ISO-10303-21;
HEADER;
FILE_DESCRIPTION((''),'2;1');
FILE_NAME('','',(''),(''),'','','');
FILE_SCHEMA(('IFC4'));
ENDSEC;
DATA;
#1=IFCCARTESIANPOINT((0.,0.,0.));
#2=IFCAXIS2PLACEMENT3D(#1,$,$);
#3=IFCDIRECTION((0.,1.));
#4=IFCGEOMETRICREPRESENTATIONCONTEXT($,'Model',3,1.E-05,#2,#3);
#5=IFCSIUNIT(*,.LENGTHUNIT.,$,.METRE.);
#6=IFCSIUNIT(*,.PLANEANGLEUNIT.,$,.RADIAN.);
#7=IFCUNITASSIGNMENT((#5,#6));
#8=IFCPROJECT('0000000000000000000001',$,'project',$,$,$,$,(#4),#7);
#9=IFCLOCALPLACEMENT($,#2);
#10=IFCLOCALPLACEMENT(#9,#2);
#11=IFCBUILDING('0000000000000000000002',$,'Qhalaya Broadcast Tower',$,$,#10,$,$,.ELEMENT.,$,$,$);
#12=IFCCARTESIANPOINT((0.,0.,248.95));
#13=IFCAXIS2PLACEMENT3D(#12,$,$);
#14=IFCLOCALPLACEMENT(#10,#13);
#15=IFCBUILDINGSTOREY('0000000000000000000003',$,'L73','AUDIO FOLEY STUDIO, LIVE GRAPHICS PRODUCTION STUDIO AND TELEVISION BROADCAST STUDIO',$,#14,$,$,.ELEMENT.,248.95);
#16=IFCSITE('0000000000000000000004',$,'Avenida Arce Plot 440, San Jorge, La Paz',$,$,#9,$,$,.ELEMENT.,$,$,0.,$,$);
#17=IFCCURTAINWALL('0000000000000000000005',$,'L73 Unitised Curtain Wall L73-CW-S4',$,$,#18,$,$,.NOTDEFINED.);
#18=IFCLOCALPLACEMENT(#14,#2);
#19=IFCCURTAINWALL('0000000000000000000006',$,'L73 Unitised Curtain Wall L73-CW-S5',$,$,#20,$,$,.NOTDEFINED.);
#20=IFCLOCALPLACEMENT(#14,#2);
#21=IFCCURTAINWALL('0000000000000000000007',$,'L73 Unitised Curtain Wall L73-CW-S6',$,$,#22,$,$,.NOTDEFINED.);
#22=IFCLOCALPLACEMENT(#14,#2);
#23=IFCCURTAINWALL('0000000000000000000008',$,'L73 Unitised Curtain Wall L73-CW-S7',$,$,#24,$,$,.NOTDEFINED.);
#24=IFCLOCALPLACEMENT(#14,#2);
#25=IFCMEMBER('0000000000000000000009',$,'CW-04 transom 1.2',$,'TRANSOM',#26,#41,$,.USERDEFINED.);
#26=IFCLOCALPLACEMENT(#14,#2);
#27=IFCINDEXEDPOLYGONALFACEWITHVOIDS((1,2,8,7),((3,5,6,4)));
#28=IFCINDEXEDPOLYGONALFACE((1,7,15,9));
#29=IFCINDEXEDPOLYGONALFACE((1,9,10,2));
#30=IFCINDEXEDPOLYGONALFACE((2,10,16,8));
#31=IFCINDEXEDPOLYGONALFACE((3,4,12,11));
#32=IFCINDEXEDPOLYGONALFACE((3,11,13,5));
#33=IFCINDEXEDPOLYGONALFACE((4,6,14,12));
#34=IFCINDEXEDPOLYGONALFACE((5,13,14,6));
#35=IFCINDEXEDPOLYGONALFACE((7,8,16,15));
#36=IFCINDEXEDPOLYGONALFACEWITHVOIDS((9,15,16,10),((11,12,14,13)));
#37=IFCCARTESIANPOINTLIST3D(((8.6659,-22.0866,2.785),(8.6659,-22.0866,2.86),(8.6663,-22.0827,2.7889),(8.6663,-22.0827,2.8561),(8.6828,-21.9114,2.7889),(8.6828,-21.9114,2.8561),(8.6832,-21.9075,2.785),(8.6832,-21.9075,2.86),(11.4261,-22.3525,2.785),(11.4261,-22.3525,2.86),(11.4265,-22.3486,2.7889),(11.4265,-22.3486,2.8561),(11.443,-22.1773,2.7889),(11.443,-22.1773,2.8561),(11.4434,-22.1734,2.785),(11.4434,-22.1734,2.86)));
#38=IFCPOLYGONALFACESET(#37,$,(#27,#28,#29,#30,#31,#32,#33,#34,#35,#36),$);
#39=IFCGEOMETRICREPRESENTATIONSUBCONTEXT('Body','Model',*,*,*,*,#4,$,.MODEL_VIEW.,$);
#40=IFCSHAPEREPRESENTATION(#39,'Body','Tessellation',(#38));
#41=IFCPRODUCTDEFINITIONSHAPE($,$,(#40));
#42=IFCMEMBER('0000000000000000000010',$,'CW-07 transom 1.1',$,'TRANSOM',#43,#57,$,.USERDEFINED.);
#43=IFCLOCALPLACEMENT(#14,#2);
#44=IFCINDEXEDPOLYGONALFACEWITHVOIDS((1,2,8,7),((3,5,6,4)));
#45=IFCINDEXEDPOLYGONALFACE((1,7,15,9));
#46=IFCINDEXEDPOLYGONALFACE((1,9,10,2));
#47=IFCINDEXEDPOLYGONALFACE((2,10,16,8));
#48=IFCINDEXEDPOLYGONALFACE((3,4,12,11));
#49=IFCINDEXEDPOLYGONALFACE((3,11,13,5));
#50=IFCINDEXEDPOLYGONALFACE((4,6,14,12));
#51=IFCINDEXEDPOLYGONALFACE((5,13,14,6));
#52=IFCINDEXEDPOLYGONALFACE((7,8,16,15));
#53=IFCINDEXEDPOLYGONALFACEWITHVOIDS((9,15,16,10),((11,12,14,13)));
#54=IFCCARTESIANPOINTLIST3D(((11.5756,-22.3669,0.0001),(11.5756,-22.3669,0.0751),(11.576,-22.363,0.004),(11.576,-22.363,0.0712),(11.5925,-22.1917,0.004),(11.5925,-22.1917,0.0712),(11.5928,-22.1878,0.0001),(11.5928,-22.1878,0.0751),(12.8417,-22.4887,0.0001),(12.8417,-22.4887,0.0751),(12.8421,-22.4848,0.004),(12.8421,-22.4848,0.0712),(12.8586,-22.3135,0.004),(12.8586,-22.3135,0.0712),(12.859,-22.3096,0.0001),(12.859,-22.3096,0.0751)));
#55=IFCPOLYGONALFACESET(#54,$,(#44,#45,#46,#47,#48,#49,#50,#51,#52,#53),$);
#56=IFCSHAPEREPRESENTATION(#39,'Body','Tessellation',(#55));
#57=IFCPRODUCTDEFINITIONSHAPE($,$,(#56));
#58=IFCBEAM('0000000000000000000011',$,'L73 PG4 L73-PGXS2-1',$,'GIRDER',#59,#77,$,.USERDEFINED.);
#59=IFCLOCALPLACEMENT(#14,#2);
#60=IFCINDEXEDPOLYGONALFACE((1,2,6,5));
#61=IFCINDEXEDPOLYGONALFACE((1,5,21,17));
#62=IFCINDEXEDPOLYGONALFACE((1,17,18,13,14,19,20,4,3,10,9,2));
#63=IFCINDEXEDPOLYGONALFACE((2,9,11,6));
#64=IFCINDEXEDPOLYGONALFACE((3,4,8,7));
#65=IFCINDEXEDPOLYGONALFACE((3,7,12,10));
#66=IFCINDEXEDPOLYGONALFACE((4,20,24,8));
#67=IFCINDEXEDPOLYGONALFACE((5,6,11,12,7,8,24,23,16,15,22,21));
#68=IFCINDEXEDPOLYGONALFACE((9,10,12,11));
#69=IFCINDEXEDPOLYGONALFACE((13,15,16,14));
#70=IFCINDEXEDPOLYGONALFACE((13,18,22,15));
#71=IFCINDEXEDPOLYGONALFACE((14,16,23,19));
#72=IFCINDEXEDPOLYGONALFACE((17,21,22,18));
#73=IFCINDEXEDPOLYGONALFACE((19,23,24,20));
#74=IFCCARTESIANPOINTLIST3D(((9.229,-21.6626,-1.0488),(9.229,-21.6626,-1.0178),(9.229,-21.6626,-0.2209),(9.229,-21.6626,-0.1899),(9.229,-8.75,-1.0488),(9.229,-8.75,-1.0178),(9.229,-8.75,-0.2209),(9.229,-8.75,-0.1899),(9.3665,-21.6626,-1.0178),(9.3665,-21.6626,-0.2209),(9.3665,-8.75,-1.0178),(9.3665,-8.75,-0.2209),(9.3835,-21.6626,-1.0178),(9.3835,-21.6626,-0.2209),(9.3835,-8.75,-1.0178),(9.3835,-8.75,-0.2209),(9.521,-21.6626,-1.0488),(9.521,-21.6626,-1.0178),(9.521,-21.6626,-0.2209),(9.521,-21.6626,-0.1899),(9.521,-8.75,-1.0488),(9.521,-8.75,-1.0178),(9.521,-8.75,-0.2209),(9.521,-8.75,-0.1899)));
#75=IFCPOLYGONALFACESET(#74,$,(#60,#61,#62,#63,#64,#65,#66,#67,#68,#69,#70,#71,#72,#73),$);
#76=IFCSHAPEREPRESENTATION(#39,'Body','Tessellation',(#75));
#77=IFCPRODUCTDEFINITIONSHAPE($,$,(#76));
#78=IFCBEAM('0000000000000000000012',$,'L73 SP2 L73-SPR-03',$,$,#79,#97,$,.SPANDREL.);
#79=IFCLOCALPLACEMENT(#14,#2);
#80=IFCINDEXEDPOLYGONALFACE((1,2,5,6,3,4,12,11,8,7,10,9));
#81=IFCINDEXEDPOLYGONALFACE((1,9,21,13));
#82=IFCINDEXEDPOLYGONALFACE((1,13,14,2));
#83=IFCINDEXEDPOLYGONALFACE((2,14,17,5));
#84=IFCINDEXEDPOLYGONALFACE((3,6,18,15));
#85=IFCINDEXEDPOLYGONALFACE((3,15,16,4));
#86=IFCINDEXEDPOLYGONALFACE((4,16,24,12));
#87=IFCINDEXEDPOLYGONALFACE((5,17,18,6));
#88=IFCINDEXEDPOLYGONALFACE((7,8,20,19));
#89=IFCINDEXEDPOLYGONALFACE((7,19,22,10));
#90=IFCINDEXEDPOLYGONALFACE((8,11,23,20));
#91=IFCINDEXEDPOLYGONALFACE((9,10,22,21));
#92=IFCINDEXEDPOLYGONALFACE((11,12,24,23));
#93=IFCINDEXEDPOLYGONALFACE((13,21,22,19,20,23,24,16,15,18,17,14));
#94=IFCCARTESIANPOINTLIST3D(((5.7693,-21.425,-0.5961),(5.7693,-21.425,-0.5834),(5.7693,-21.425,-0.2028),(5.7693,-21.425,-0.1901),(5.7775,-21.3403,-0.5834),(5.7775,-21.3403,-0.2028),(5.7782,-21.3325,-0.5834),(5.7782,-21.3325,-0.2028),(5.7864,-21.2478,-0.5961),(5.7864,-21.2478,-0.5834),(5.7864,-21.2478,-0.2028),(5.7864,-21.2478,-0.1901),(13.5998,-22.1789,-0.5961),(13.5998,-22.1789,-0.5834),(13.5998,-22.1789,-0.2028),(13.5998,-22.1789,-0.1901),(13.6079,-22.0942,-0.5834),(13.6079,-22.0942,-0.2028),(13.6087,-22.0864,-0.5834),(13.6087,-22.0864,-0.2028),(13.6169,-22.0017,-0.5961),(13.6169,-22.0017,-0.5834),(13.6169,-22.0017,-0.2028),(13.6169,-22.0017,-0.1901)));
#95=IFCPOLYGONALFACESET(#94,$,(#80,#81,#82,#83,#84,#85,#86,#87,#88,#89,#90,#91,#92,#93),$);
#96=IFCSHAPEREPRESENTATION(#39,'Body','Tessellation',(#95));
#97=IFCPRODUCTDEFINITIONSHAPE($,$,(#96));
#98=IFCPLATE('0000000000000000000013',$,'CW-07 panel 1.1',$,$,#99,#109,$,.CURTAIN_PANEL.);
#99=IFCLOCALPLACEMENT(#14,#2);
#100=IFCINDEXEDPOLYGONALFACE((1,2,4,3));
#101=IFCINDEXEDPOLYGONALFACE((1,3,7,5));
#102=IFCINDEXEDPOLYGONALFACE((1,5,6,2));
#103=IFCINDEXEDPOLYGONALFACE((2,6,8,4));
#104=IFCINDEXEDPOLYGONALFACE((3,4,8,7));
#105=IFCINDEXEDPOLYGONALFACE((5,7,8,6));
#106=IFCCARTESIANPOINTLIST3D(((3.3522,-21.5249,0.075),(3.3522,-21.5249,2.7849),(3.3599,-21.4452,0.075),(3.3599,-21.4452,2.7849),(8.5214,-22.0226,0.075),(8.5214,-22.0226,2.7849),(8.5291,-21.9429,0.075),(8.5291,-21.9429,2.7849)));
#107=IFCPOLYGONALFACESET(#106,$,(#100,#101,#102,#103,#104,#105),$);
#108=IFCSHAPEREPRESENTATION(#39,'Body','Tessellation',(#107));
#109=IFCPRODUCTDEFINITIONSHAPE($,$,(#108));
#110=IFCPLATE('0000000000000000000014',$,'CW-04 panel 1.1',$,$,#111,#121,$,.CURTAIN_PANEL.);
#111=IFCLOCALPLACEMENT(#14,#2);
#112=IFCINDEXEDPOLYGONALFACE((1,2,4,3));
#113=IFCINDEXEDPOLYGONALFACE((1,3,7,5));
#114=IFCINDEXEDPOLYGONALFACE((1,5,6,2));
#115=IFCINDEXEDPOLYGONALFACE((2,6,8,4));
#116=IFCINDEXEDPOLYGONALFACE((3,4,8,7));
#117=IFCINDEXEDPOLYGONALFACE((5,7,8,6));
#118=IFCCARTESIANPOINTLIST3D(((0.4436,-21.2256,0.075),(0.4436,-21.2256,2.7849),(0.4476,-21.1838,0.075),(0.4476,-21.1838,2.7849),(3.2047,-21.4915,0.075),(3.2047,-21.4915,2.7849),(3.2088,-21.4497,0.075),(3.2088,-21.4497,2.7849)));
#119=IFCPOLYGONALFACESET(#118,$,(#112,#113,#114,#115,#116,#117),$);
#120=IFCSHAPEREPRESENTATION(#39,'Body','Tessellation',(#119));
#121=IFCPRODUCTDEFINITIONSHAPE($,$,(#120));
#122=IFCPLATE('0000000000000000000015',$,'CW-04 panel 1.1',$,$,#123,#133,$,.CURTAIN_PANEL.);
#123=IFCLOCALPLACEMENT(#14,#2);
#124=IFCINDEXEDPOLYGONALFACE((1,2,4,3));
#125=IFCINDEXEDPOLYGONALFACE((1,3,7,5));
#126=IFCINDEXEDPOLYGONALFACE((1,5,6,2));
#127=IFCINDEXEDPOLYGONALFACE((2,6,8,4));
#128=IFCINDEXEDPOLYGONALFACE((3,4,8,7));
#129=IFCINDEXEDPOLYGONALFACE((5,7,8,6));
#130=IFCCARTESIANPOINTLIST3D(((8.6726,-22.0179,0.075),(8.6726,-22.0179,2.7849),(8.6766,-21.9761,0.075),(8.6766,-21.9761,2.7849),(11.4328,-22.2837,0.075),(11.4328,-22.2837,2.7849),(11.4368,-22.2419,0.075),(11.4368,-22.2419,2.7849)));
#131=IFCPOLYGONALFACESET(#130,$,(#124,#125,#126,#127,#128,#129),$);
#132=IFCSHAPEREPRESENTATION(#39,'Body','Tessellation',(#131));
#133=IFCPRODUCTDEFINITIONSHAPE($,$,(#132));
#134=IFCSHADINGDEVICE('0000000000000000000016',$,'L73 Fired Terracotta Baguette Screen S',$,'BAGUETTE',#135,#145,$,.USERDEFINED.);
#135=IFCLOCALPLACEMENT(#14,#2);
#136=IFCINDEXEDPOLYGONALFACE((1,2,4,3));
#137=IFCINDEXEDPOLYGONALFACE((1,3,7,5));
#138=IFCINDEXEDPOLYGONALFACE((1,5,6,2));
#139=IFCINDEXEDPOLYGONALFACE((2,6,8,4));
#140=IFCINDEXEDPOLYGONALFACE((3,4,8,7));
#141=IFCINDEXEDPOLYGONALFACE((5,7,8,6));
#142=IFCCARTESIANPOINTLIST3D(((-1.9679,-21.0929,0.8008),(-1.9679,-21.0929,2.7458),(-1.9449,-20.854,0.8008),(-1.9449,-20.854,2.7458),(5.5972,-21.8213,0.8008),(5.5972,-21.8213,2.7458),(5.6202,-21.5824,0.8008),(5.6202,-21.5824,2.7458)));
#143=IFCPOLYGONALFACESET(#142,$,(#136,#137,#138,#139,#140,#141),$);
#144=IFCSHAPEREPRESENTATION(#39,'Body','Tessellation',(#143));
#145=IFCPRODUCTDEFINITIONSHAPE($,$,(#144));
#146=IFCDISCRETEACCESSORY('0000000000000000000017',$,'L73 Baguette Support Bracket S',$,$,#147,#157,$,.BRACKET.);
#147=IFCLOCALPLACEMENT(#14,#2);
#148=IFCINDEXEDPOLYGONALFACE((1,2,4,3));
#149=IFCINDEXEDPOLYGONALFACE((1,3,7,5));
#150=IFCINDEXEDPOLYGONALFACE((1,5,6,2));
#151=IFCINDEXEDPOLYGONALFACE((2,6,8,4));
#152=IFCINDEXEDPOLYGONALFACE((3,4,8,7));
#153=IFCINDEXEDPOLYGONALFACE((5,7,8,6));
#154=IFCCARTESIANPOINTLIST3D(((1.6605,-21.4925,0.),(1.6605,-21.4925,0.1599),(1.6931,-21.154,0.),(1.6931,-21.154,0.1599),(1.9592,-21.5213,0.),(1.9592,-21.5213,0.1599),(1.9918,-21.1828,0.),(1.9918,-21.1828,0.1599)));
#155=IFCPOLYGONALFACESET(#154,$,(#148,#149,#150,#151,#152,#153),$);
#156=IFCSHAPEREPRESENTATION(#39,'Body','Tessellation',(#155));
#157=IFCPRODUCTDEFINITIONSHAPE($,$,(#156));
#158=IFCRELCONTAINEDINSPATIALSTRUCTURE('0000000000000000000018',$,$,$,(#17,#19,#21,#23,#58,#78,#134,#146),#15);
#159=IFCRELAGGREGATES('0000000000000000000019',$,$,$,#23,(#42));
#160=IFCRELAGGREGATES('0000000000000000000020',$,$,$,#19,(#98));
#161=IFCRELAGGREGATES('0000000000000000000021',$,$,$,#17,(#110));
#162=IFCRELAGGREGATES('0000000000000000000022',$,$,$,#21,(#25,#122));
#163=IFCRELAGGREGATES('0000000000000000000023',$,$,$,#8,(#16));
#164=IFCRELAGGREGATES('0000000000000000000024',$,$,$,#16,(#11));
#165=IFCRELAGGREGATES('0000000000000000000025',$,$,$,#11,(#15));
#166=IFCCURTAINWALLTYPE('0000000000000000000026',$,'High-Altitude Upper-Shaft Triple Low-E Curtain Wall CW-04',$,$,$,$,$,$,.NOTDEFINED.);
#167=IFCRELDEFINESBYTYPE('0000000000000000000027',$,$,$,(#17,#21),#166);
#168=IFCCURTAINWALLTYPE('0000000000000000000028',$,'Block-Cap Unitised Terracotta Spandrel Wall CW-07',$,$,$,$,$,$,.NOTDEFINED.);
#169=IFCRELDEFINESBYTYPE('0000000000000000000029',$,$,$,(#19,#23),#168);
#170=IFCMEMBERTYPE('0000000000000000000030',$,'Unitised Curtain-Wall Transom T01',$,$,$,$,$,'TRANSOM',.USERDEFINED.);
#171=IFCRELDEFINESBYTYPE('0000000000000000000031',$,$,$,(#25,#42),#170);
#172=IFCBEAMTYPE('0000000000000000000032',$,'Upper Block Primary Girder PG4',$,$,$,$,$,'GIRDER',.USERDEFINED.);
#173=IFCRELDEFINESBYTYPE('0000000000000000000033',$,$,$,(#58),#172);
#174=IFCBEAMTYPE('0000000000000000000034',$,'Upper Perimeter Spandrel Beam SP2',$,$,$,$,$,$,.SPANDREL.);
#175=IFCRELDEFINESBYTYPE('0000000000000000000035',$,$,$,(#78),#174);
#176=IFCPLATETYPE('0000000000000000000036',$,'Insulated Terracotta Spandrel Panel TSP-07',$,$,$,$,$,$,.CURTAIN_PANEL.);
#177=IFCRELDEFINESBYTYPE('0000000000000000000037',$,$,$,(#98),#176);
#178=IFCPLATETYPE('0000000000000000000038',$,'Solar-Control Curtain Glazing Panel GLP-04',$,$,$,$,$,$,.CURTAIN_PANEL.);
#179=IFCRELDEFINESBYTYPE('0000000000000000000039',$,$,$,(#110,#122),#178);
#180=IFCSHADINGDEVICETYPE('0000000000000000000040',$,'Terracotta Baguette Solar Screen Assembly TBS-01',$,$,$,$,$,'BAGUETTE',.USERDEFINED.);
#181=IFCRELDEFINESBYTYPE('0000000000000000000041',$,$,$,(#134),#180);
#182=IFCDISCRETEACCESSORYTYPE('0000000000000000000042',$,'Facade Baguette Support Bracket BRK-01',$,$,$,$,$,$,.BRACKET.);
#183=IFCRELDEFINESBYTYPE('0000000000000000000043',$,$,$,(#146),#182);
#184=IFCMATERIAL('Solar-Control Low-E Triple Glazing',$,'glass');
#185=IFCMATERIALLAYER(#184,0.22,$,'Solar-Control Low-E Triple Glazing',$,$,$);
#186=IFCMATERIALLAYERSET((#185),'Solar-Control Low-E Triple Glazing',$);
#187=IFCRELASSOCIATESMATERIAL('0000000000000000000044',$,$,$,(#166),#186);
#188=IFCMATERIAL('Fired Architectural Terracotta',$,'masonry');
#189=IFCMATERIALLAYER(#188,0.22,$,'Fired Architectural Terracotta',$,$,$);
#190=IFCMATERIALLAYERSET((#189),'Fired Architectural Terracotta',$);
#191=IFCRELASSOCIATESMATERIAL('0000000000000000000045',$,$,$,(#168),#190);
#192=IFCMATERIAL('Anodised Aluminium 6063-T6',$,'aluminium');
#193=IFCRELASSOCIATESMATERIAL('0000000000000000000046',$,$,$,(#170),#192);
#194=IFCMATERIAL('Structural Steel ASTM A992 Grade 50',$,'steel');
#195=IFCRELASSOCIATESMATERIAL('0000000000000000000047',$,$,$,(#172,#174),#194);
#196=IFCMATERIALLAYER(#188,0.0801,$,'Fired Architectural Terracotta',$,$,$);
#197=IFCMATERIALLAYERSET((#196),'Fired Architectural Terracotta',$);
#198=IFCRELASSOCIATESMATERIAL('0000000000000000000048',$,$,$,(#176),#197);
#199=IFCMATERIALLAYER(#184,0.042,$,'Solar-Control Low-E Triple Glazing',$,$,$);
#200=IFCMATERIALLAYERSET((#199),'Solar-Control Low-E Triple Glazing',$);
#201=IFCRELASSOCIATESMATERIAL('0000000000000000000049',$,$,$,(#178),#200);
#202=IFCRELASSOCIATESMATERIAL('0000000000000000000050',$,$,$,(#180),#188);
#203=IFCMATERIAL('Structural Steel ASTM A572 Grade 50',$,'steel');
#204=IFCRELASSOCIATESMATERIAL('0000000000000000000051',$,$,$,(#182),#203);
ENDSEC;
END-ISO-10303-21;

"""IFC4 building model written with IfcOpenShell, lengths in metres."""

from ifc_helpers import new_model, si_unit, direction, frame, origin, origin_2d, place, context, subcontext, project, spatial, rectangle, hollow_rectangle, i_section, extrude, material, layer, layer_set, material_profile, profile_set, type_object, element, aggregate, save


model = new_model("IFC4")

# Units and contexts
model_context = context("Model", 3, precision=1e-05, world=origin(), true_north=direction((0.0, 1.0)))
body_context = subcontext(model_context, "Body", "Model", "MODEL_VIEW")
ifc_project = project(units=[si_unit("LENGTHUNIT", "METRE"), si_unit("PLANEANGLEUNIT", "RADIAN")], contexts=[model_context])

# Site, building, storey
site_placement = place(None, origin())
site = spatial("IfcSite", under=ifc_project, at=site_placement, Name="Avenida Arce Plot 440, San Jorge, La Paz", CompositionType="ELEMENT", RefElevation=0.0)
building_placement = place(site_placement, origin())
building = spatial("IfcBuilding", under=site, at=building_placement, Name="Qhalaya Broadcast Tower", CompositionType="ELEMENT")
storey_placement = place(building_placement, frame((0.0, 0.0, 248.95)))
storey = spatial("IfcBuildingStorey", under=building, at=storey_placement, Name="L73", Description="AUDIO FOLEY STUDIO, LIVE GRAPHICS PRODUCTION STUDIO AND TELEVISION BROADCAST STUDIO", CompositionType="ELEMENT", Elevation=248.95)

# Shared definitions
ifc_material_1 = material(Name="Structural Steel ASTM A992 Grade 50", Category="steel")

# Curtain wall
ifc_material_2 = material(Name="Solar-Control Low-E Triple Glazing", Category="glass")
ifc_layer_1 = layer(ifc_material_2, 0.22, Name="Solar-Control Low-E Triple Glazing")
ifc_layer_set_1 = layer_set([ifc_layer_1], Name="Solar-Control Low-E Triple Glazing")
curtain_wall_type_1 = type_object("IfcCurtainWallType", Name="High-Altitude Upper-Shaft Triple Low-E Curtain Wall CW-04", PredefinedType="NOTDEFINED", material=ifc_layer_set_1)
curtain_wall_1_placement = place(storey_placement, origin())
curtain_wall_1 = element("IfcCurtainWall", 1, at=curtain_wall_1_placement, inside=storey, type_object=curtain_wall_type_1, Name="L73 Unitised Curtain Wall L73-CW-S4", PredefinedType="NOTDEFINED")
ifc_material_3 = material(Name="Anodised Aluminium 6063-T6", Category="aluminium")

# Curtain walls
ifc_material_4 = material(Name="Fired Architectural Terracotta", Category="masonry")
ifc_layer_2 = layer(ifc_material_4, 0.22, Name="Fired Architectural Terracotta")
ifc_layer_set_2 = layer_set([ifc_layer_2], Name="Fired Architectural Terracotta")
curtain_wall_type_2 = type_object("IfcCurtainWallType", Name="Block-Cap Unitised Terracotta Spandrel Wall CW-07", PredefinedType="NOTDEFINED", material=ifc_layer_set_2)
curtain_wall_2_placement = place(storey_placement, origin())
curtain_wall_2 = element("IfcCurtainWall", 2, at=curtain_wall_2_placement, inside=storey, type_object=curtain_wall_type_2, Name="L73 Unitised Curtain Wall L73-CW-S5", PredefinedType="NOTDEFINED")
curtain_wall_3_placement = place(storey_placement, origin())
curtain_wall_3 = element("IfcCurtainWall", 3, at=curtain_wall_3_placement, inside=storey, type_object=curtain_wall_type_1, Name="L73 Unitised Curtain Wall L73-CW-S6", PredefinedType="NOTDEFINED")

# Curtain wall
curtain_wall_4_placement = place(storey_placement, origin())
curtain_wall_4 = element("IfcCurtainWall", 4, at=curtain_wall_4_placement, inside=storey, type_object=curtain_wall_type_2, Name="L73 Unitised Curtain Wall L73-CW-S7", PredefinedType="NOTDEFINED")

# Members
ifc_material_profile_1 = material_profile(ifc_material_3, hollow_rectangle(XDim=0.075, YDim=0.1799, WallThickness=0.0039, at=origin_2d()), Name="ALU-TRN 75x180x4")
ifc_profile_set_1 = profile_set([ifc_material_profile_1], Name="Anodised Aluminium 6063-T6")
member_type_1 = type_object("IfcMemberType", Name="Unitised Curtain-Wall Transom T01", ElementType="TRANSOM", PredefinedType="USERDEFINED", material=ifc_profile_set_1)
member_1_placement = place(storey_placement, frame((8.6746, -21.9971, 2.8225), z_axis=(0.995393, -0.095877, 0.0), x_axis=(0.0, 0.0, 1.0)))
member_1 = element("IfcMember", 5, at=member_1_placement, type_object=member_type_1, Name="CW-04 transom 1.2", ObjectType="TRANSOM", PredefinedType="USERDEFINED", context=body_context, shape_type="SweptSolid", body=[
    extrude(hollow_rectangle(XDim=0.075, YDim=0.1799, WallThickness=0.0039, at=origin_2d()), origin(), (0.0, 0.0, 1.0), 2.7729),
])
member_2_placement = place(storey_placement, frame((11.5842, -22.2773, 0.0376), z_axis=(0.995403, -0.095778, 0.0), x_axis=(0.0, 0.0, 1.0)))
member_2 = element("IfcMember", 6, at=member_2_placement, type_object=member_type_1, Name="CW-07 transom 1.1", ObjectType="TRANSOM", PredefinedType="USERDEFINED", context=body_context, shape_type="SweptSolid", body=[
    extrude(hollow_rectangle(XDim=0.075, YDim=0.1799, WallThickness=0.0039, at=origin_2d()), origin(), (0.0, 0.0, 1.0), 1.272),
])
aggregate(curtain_wall_4, [member_2])

# Beams
ifc_material_profile_2 = material_profile(ifc_material_1, i_section(OverallWidth=0.292, OverallDepth=0.8589, WebThickness=0.0171, FlangeThickness=0.031, at=origin_2d()), Name="W33X169")
ifc_profile_set_2 = profile_set([ifc_material_profile_2], Name="Structural Steel ASTM A992 Grade 50")
beam_type_1 = type_object("IfcBeamType", Name="Upper Block Primary Girder PG4", ElementType="GIRDER", PredefinedType="USERDEFINED", material=ifc_profile_set_2)
beam_1_placement = place(storey_placement, frame((9.375, -21.6626, -0.6194), z_axis=(0.0, 1.0, 0.0), x_axis=(-1.0, 0.0, 0.0)))
element("IfcBeam", 7, at=beam_1_placement, inside=storey, type_object=beam_type_1, Name="L73 PG4 L73-PGXS2-1", ObjectType="GIRDER", PredefinedType="USERDEFINED", context=body_context, shape_type="SweptSolid", body=[
    extrude(i_section(OverallWidth=0.292, OverallDepth=0.8589, WebThickness=0.0171, FlangeThickness=0.031, at=origin_2d()), origin(), (0.0, 0.0, 1.0), 12.9126),
])
ifc_material_profile_3 = material_profile(ifc_material_1, i_section(OverallWidth=0.178, OverallDepth=0.406, WebThickness=0.0078, FlangeThickness=0.0127, at=origin_2d()), Name="W16X40")
ifc_profile_set_3 = profile_set([ifc_material_profile_3], Name="Structural Steel ASTM A992 Grade 50")
beam_type_2 = type_object("IfcBeamType", Name="Upper Perimeter Spandrel Beam SP2", PredefinedType="SPANDREL", material=ifc_profile_set_3)
beam_2_placement = place(storey_placement, frame((5.7778, -21.3364, -0.3931), z_axis=(0.995397, -0.095834, 0.0), x_axis=(0.095834, 0.995397, 0.0)))
element("IfcBeam", 8, at=beam_2_placement, inside=storey, type_object=beam_type_2, Name="L73 SP2 L73-SPR-03", PredefinedType="SPANDREL", context=body_context, shape_type="SweptSolid", body=[
    extrude(i_section(OverallWidth=0.178, OverallDepth=0.406, WebThickness=0.0078, FlangeThickness=0.0127, at=origin_2d()), origin(), (0.0, 0.0, 1.0), 7.8667),
])

# Plates
ifc_layer_3 = layer(ifc_material_4, 0.0801, Name="Fired Architectural Terracotta")
ifc_layer_set_3 = layer_set([ifc_layer_3], Name="Fired Architectural Terracotta")
plate_type_1 = type_object("IfcPlateType", Name="Insulated Terracotta Spandrel Panel TSP-07", PredefinedType="CURTAIN_PANEL", material=ifc_layer_set_3)
plate_1_placement = place(storey_placement, frame((5.9407, -21.7339, 0.075), z_axis=(0.0, 0.0, 1.0), x_axis=(0.995396, -0.095845, 0.0)))
plate_1 = element("IfcPlate", 9, at=plate_1_placement, type_object=plate_type_1, Name="CW-07 panel 1.1", PredefinedType="CURTAIN_PANEL", context=body_context, shape_type="SweptSolid", body=[
    extrude(rectangle(XDim=5.1931, YDim=0.0801, at=origin_2d()), origin(), (0.0, 0.0, 1.0), 2.71),
])
aggregate(curtain_wall_2, [plate_1])
ifc_layer_4 = layer(ifc_material_2, 0.042, Name="Solar-Control Low-E Triple Glazing")
ifc_layer_set_4 = layer_set([ifc_layer_4], Name="Solar-Control Low-E Triple Glazing")
plate_type_2 = type_object("IfcPlateType", Name="Solar-Control Curtain Glazing Panel GLP-04", PredefinedType="CURTAIN_PANEL", material=ifc_layer_set_4)
plate_2_placement = place(storey_placement, frame((1.8262, -21.3376, 0.075), z_axis=(0.0, 0.0, 1.0), x_axis=(0.995398, -0.095829, 0.0)))
plate_2 = element("IfcPlate", 10, at=plate_2_placement, type_object=plate_type_2, Name="CW-04 panel 1.1", PredefinedType="CURTAIN_PANEL", context=body_context, shape_type="SweptSolid", body=[
    extrude(rectangle(XDim=2.7739, YDim=0.042, at=origin_2d()), origin(), (0.0, 0.0, 1.0), 2.71),
])
aggregate(curtain_wall_1, [plate_2])
plate_3_placement = place(storey_placement, frame((10.0547, -22.1299, 0.075), z_axis=(0.0, 0.0, 1.0), x_axis=(0.995395, -0.095858, 0.0)))
plate_3 = element("IfcPlate", 11, at=plate_3_placement, type_object=plate_type_2, Name="CW-04 panel 1.1", PredefinedType="CURTAIN_PANEL", context=body_context, shape_type="SweptSolid", body=[
    extrude(rectangle(XDim=2.7729, YDim=0.042, at=origin_2d()), origin(), (0.0, 0.0, 1.0), 2.71),
])
aggregate(curtain_wall_3, [member_1, plate_3])

# Shading device
shading_device_type = type_object("IfcShadingDeviceType", Name="Terracotta Baguette Solar Screen Assembly TBS-01", ElementType="BAGUETTE", PredefinedType="USERDEFINED", material=ifc_material_4)
shading_device_placement = place(storey_placement, frame((1.8262, -21.3376, 0.8008), z_axis=(0.0, 0.0, 1.0), x_axis=(0.995396, -0.095846, 0.0)))
element("IfcShadingDevice", 12, at=shading_device_placement, inside=storey, type_object=shading_device_type, Name="L73 Fired Terracotta Baguette Screen S", ObjectType="BAGUETTE", PredefinedType="USERDEFINED", context=body_context, shape_type="SweptSolid", body=[
    extrude(rectangle(XDim=7.6001, YDim=0.24, at=origin_2d()), origin(), (0.0, 0.0, 1.0), 1.9451),
])

# Discrete accessory
ifc_material_5 = material(Name="Structural Steel ASTM A572 Grade 50", Category="steel")
discrete_accessory_type = type_object("IfcDiscreteAccessoryType", Name="Facade Baguette Support Bracket BRK-01", PredefinedType="BRACKET", material=ifc_material_5)
discrete_accessory_placement = place(storey_placement, frame((1.8262, -21.3376, 0.0), z_axis=(0.0, 0.0, 1.0), x_axis=(0.995396, -0.095846, 0.0)))
element("IfcDiscreteAccessory", 13, at=discrete_accessory_placement, inside=storey, type_object=discrete_accessory_type, Name="L73 Baguette Support Bracket S", PredefinedType="BRACKET", context=body_context, shape_type="SweptSolid", body=[
    extrude(rectangle(XDim=0.3, YDim=0.3401, at=origin_2d()), origin(), (0.0, 0.0, 1.0), 0.1599),
])

save(model, "model.ifc")
